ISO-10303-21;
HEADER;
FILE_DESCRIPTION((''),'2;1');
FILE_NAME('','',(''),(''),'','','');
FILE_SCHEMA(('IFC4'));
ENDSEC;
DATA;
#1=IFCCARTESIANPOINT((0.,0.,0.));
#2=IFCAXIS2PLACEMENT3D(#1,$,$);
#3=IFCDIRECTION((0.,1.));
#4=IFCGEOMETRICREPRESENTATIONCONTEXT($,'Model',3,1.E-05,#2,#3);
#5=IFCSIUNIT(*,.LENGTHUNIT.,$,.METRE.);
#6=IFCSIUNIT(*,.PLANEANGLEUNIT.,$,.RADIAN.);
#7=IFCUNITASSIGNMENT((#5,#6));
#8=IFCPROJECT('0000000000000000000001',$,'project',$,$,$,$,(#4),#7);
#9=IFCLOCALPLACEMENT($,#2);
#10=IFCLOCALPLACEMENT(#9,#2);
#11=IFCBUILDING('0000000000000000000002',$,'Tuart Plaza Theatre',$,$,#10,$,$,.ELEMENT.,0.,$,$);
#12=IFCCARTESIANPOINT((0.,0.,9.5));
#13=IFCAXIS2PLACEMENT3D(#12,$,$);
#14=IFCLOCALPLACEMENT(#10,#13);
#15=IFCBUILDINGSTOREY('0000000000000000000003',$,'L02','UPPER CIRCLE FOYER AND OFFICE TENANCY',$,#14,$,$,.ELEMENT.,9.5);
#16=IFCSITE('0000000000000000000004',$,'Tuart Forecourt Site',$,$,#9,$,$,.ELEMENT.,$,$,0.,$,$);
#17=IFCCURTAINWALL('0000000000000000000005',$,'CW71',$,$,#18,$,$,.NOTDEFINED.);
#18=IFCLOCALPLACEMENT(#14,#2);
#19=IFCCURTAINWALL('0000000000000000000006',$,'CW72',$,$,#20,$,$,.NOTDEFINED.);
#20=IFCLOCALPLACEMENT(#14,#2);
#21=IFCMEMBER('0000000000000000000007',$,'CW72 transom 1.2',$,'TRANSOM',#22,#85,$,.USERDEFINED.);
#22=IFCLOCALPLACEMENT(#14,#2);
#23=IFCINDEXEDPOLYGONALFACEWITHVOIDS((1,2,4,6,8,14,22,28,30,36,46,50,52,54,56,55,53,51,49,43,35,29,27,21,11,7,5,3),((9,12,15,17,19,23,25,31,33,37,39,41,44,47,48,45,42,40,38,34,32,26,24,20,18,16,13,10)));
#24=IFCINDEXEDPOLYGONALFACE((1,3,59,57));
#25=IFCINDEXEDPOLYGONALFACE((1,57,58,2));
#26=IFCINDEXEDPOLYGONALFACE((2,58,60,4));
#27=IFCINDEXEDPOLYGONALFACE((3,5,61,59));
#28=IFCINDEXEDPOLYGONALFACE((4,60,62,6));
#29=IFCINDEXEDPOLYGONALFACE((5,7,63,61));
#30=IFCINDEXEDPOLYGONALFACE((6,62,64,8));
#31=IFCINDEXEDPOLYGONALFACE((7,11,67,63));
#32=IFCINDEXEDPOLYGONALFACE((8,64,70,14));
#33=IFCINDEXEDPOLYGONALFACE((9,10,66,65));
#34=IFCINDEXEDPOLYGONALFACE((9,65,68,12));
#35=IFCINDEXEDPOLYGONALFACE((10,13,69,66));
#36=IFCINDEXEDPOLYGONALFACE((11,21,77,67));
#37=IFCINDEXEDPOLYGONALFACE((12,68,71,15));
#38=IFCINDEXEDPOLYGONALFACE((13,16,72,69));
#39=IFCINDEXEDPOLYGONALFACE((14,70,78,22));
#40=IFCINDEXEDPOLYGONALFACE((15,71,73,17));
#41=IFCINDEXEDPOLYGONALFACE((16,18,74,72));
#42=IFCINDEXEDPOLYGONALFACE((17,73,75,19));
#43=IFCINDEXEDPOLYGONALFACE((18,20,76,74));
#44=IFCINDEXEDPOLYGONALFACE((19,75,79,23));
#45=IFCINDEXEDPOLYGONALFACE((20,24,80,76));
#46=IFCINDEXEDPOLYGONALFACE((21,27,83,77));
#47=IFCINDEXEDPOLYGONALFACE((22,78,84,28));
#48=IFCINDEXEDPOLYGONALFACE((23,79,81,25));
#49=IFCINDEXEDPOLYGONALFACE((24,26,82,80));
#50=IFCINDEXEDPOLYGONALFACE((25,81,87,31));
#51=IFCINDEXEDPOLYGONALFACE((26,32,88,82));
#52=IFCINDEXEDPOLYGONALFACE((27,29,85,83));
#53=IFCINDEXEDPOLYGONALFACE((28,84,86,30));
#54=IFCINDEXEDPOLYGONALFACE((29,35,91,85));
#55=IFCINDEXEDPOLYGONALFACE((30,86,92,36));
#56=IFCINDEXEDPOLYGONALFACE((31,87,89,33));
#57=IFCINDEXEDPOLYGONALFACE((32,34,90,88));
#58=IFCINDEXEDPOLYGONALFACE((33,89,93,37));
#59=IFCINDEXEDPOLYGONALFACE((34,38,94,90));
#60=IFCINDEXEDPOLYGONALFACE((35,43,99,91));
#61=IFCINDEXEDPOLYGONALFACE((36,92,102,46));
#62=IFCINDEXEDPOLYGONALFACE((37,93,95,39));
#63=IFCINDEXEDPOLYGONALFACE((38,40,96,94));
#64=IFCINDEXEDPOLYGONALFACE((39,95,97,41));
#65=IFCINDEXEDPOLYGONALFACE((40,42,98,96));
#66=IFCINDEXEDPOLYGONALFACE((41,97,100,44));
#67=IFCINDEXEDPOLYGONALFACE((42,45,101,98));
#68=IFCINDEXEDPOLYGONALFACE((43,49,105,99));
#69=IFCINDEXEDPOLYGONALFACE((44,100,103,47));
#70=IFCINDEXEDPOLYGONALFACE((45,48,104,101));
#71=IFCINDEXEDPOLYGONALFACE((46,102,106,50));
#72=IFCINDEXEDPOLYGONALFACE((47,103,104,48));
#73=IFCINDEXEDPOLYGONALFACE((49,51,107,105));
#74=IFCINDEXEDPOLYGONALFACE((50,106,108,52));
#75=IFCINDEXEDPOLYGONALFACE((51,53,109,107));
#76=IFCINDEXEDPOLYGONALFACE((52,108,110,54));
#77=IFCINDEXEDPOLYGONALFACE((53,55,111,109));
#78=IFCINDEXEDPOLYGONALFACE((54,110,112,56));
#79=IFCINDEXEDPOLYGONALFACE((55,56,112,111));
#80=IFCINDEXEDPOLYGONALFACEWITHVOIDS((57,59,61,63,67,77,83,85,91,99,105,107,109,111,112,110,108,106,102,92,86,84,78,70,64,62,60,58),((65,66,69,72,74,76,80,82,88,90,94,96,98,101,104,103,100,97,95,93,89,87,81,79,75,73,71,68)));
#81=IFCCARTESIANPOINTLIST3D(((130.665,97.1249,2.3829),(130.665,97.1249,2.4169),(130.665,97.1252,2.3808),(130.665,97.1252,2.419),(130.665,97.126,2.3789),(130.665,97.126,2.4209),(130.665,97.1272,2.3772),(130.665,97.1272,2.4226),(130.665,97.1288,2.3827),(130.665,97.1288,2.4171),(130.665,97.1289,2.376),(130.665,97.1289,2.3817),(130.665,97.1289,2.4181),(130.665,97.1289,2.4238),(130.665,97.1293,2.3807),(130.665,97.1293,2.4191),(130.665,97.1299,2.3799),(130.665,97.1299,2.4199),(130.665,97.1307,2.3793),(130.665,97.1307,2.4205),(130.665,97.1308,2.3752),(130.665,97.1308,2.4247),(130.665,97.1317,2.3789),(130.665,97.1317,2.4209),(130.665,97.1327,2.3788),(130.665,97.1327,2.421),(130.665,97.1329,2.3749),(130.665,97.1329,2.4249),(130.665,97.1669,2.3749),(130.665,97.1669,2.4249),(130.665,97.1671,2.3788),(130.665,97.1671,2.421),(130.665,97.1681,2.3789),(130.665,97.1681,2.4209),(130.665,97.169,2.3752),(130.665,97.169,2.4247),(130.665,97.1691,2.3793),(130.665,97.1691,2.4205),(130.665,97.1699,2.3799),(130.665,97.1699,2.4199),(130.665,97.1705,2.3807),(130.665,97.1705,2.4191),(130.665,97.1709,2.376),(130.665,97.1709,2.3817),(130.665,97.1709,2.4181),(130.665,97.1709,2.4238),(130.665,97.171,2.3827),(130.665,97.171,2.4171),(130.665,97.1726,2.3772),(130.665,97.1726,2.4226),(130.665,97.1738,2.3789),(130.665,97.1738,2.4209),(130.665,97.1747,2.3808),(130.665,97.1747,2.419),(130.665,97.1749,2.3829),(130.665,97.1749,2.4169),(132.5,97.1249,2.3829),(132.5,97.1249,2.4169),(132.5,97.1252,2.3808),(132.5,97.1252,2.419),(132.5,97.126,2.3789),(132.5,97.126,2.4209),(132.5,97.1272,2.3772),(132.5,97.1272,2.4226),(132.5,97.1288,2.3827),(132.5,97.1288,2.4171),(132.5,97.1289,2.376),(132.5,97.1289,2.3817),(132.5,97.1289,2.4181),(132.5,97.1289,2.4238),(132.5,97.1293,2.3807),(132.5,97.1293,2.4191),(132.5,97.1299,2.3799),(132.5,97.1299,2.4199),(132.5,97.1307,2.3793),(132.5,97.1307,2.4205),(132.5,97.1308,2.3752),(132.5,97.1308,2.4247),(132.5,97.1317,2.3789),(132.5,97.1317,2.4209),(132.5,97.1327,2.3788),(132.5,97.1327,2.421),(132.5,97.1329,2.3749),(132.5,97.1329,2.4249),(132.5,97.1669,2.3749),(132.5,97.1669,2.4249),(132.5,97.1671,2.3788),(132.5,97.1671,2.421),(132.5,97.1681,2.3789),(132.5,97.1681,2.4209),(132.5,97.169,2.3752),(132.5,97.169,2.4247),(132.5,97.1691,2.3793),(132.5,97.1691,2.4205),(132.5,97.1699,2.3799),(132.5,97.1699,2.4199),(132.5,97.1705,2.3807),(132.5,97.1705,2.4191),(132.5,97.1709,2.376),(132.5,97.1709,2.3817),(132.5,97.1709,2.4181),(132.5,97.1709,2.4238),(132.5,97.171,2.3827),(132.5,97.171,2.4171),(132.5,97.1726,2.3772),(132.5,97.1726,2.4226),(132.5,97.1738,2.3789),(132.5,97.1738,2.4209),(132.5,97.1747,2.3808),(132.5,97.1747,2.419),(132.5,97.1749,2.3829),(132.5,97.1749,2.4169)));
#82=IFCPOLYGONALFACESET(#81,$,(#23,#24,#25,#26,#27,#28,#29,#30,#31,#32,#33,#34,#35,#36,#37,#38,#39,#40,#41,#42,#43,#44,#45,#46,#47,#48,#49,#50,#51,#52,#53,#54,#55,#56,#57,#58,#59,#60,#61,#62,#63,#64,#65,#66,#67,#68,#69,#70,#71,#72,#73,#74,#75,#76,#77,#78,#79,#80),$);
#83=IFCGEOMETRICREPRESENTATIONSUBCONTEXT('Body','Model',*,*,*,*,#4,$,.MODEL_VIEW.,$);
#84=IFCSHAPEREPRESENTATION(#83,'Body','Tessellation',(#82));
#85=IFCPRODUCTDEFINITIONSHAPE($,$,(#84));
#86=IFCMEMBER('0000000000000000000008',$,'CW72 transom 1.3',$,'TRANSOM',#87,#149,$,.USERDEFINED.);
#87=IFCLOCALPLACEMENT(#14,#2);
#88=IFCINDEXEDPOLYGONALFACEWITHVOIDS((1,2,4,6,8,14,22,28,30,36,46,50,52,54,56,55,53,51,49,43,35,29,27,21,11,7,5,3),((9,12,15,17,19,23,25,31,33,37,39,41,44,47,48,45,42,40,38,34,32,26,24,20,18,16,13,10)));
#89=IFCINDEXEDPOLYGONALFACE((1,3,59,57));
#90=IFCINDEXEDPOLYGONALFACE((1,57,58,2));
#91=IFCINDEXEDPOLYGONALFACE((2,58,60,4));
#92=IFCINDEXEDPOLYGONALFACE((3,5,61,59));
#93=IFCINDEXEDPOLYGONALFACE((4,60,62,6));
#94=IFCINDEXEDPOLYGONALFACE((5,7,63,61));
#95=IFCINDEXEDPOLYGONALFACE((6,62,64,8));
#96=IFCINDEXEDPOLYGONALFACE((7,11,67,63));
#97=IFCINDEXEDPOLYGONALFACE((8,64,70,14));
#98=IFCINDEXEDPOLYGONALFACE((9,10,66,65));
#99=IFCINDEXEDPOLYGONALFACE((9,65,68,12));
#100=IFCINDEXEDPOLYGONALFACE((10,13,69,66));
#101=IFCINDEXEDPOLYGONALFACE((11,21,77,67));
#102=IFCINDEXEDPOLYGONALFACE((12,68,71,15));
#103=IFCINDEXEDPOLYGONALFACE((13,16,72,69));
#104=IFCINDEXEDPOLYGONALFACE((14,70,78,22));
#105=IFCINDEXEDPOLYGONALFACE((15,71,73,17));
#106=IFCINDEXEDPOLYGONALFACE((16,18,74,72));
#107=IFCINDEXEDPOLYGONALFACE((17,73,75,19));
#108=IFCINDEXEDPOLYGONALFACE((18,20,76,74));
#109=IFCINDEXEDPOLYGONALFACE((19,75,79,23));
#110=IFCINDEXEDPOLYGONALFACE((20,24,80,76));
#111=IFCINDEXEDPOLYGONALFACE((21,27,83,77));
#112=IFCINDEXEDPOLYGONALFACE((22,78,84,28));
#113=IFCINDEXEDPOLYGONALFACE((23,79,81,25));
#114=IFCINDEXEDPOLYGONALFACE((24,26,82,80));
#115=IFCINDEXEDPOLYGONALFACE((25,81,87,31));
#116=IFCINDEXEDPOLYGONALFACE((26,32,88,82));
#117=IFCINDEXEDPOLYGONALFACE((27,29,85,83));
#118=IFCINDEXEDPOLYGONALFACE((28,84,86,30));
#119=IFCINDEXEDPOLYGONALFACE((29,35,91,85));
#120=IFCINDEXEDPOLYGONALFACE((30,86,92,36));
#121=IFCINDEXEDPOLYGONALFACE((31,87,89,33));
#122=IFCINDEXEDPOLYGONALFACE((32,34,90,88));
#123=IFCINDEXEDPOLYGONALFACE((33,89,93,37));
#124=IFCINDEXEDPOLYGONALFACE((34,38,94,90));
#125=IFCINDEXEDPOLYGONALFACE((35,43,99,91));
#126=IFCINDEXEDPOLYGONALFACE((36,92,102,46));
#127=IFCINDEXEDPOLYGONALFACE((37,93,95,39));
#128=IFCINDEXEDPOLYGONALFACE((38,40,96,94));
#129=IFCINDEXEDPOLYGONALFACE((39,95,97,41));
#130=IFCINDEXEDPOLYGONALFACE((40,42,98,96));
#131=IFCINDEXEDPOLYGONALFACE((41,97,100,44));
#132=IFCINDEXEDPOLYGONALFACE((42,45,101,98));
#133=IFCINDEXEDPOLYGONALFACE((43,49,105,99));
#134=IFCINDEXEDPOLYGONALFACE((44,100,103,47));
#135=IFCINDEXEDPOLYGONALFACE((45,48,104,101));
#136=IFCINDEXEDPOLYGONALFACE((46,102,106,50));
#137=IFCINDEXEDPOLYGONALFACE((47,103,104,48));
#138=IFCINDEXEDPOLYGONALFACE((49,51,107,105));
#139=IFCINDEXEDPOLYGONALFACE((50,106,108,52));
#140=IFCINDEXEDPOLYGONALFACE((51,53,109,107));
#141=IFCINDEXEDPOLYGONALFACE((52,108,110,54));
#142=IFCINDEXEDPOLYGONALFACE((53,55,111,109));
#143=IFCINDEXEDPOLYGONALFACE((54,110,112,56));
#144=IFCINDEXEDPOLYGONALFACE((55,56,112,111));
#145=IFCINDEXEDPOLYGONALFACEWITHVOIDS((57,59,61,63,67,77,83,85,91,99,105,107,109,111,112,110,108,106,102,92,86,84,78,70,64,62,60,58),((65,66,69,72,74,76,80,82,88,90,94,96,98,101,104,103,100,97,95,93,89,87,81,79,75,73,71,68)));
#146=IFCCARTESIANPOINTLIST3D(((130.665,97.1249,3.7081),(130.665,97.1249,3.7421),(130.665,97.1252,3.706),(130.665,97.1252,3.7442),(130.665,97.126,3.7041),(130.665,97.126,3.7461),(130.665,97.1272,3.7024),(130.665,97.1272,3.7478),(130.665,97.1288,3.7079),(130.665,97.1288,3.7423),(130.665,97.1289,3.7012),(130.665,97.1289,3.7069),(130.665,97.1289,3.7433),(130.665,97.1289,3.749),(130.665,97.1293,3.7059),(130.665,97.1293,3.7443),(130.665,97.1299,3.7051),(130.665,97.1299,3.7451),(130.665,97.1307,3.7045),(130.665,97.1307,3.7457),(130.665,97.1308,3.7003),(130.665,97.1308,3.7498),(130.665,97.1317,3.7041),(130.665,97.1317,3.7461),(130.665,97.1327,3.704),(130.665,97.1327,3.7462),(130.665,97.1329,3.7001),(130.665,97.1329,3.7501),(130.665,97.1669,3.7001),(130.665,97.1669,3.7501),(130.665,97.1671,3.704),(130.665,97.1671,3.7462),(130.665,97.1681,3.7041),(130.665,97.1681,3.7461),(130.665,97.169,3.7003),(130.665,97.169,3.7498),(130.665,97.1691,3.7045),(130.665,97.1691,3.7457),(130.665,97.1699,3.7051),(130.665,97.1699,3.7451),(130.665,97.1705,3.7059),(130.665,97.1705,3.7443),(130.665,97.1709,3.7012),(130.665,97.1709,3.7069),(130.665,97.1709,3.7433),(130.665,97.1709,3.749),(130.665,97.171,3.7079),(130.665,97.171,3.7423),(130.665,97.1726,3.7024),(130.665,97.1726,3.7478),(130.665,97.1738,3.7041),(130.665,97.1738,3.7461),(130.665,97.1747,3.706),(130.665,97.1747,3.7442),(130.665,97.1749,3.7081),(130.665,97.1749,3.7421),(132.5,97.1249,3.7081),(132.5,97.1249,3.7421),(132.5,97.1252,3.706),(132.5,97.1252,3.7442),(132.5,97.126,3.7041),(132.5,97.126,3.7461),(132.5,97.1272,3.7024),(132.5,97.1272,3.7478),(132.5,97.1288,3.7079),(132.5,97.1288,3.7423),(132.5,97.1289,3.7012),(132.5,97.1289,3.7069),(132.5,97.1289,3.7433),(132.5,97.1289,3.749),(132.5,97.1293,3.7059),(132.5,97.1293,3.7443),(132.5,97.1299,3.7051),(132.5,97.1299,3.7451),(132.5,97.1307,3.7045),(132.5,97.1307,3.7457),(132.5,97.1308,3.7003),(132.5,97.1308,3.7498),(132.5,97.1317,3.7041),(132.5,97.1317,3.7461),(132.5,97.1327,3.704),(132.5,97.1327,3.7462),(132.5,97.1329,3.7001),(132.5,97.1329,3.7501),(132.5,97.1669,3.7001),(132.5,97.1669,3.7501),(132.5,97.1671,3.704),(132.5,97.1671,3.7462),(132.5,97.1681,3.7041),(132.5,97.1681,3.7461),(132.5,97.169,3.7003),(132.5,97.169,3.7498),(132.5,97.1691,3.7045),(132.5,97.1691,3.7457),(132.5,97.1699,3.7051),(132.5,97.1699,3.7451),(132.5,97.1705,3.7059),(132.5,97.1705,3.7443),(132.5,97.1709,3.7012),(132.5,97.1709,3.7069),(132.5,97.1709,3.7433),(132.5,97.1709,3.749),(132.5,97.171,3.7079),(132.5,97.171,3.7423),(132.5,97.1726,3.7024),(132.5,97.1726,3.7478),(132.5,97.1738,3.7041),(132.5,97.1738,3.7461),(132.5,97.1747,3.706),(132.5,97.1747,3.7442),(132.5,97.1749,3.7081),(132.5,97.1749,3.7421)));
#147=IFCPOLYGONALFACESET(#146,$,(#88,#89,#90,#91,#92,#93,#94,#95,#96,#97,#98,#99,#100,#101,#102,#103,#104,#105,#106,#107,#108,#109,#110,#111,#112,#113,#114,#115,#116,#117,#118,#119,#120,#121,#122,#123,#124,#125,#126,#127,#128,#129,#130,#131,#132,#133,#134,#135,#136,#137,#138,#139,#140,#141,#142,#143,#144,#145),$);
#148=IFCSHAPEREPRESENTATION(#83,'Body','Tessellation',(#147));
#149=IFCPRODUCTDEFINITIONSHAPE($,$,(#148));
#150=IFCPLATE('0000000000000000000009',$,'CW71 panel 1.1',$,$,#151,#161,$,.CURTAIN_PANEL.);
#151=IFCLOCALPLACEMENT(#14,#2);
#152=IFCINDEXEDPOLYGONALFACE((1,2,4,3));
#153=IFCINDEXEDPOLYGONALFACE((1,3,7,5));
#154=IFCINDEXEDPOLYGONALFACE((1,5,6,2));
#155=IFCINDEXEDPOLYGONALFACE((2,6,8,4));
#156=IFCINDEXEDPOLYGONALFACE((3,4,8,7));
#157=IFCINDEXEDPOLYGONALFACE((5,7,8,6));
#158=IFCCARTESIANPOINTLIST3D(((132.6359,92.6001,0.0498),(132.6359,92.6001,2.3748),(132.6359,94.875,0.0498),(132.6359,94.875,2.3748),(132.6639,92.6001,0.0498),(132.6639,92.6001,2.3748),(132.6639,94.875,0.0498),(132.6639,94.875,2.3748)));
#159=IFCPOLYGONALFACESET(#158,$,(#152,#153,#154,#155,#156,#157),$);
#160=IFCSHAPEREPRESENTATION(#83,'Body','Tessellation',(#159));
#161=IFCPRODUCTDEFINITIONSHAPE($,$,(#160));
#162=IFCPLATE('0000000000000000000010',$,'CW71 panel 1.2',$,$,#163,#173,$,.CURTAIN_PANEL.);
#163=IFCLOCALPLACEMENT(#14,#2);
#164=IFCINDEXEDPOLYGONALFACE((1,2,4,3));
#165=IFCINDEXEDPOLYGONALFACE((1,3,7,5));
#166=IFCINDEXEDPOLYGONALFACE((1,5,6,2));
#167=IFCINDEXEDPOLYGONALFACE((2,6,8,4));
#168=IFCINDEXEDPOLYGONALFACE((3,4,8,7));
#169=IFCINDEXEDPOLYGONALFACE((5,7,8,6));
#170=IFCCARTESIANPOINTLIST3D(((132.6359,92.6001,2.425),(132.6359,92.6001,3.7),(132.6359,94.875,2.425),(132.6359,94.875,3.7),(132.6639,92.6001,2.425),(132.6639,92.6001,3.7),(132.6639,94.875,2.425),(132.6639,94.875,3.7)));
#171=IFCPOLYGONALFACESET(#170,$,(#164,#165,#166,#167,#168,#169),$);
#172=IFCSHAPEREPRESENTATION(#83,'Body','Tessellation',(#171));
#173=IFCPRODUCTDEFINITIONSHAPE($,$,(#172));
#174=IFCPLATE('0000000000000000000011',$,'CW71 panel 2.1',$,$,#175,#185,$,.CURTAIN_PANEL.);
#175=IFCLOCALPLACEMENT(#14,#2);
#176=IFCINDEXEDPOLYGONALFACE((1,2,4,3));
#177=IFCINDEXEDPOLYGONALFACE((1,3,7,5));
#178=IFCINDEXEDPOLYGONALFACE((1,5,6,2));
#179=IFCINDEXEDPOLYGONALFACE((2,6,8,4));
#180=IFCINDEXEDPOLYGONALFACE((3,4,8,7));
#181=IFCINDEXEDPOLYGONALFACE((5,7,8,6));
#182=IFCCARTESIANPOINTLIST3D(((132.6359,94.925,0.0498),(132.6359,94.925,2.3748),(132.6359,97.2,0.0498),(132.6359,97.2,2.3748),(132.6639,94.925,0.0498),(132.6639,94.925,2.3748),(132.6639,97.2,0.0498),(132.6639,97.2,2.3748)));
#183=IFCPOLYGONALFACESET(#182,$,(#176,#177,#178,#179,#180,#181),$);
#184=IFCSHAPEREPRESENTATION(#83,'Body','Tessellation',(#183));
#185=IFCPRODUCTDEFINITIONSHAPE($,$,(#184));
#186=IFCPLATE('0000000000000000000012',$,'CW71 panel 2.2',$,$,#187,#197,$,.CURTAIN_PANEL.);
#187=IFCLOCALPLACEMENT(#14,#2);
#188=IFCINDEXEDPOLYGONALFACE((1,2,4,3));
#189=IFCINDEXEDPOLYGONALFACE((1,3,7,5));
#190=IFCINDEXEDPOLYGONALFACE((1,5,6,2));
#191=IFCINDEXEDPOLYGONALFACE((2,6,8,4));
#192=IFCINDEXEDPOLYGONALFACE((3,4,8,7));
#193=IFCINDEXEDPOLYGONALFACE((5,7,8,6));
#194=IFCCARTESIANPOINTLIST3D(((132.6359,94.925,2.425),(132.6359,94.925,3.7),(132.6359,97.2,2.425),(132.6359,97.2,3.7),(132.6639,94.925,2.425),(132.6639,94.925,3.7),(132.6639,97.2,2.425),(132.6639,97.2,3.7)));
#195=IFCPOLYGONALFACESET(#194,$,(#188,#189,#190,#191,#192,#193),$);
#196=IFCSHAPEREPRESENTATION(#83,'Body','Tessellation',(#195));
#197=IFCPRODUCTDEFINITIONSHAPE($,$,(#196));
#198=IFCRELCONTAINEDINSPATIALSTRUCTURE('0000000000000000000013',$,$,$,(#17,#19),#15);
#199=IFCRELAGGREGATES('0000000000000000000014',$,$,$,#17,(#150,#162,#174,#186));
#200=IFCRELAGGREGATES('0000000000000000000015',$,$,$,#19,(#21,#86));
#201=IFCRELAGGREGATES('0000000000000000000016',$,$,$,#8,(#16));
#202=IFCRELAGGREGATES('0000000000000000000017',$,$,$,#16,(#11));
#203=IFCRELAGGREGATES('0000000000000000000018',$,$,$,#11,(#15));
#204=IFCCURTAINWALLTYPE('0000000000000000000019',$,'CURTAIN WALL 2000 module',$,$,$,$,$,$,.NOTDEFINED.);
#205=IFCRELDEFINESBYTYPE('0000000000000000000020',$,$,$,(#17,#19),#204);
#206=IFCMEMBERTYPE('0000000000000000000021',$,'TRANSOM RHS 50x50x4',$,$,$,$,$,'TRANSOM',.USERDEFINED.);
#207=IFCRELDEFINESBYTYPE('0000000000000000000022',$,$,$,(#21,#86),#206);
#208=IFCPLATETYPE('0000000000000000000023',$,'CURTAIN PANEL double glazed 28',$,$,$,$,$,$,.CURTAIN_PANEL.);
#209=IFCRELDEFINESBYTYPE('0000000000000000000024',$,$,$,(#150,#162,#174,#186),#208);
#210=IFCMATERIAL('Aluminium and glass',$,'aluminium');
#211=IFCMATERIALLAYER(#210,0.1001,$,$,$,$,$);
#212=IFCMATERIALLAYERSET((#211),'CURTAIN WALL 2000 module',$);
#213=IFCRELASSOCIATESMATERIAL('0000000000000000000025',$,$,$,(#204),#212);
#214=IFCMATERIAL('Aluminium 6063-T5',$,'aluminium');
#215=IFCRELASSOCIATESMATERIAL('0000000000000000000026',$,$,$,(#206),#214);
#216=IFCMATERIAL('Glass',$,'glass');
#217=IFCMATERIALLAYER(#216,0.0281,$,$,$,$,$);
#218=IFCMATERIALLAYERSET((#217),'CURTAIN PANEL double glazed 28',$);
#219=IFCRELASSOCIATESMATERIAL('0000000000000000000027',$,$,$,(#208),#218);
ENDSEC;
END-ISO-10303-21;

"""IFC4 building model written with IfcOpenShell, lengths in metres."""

from ifc_helpers import new_model, si_unit, direction, frame, origin, origin_2d, place, context, subcontext, project, spatial, rectangle, hollow_rectangle, extrude, material, layer, layer_set, material_profile, profile_set, type_object, element, aggregate, save


model = new_model("IFC4")

# Units and contexts
model_context = context("Model", 3, precision=1e-05, world=origin(), true_north=direction((0.0, 1.0)))
body_context = subcontext(model_context, "Body", "Model", "MODEL_VIEW")
ifc_project = project(units=[si_unit("LENGTHUNIT", "METRE"), si_unit("PLANEANGLEUNIT", "RADIAN")], contexts=[model_context])

# Site, building, storey
site_placement = place(None, origin())
site = spatial("IfcSite", under=ifc_project, at=site_placement, Name="Tuart Forecourt Site", CompositionType="ELEMENT", RefElevation=0.0)
building_placement = place(site_placement, origin())
building = spatial("IfcBuilding", under=site, at=building_placement, Name="Tuart Plaza Theatre", CompositionType="ELEMENT", ElevationOfRefHeight=0.0)
storey_placement = place(building_placement, frame((0.0, 0.0, 9.5)))
storey = spatial("IfcBuildingStorey", under=building, at=storey_placement, Name="L02", Description="UPPER CIRCLE FOYER AND OFFICE TENANCY", CompositionType="ELEMENT", Elevation=9.5)

# Curtain wall
ifc_material_1 = material(Name="Aluminium and glass", Category="aluminium")
ifc_layer_1 = layer(ifc_material_1, 0.1001)
ifc_layer_set_1 = layer_set([ifc_layer_1], Name="CURTAIN WALL 2000 module")
curtain_wall_type = type_object("IfcCurtainWallType", Name="CURTAIN WALL 2000 module", PredefinedType="NOTDEFINED", material=ifc_layer_set_1)
curtain_wall_1_placement = place(storey_placement, origin())
curtain_wall_1 = element("IfcCurtainWall", 1, at=curtain_wall_1_placement, inside=storey, type_object=curtain_wall_type, Name="CW71", PredefinedType="NOTDEFINED")

# Curtain wall
curtain_wall_2_placement = place(storey_placement, origin())
curtain_wall_2 = element("IfcCurtainWall", 2, at=curtain_wall_2_placement, inside=storey, type_object=curtain_wall_type, Name="CW72", PredefinedType="NOTDEFINED")

# Members
ifc_material_2 = material(Name="Aluminium 6063-T5", Category="aluminium")
ifc_material_profile_1 = material_profile(ifc_material_2, hollow_rectangle(XDim=0.05, YDim=0.05, WallThickness=0.0039, InnerFilletRadius=0.0039, OuterFilletRadius=0.0081, at=origin_2d()), Name="RHS 50x50x4")
ifc_profile_set_1 = profile_set([ifc_material_profile_1], Name="Aluminium 6063-T5")
member_type_1 = type_object("IfcMemberType", Name="TRANSOM RHS 50x50x4", ElementType="TRANSOM", PredefinedType="USERDEFINED", material=ifc_profile_set_1)
member_1_placement = place(storey_placement, frame((132.5, 97.1499, 2.3999), z_axis=(-1.0, 0.0, 0.0), x_axis=(0.0, -1.0, 0.0)))
member_1 = element("IfcMember", 3, at=member_1_placement, type_object=member_type_1, Name="CW72 transom 1.2", ObjectType="TRANSOM", PredefinedType="USERDEFINED", context=body_context, shape_type="SweptSolid", body=[
    extrude(hollow_rectangle(XDim=0.05, YDim=0.05, WallThickness=0.0039, InnerFilletRadius=0.0039, OuterFilletRadius=0.0081, at=origin_2d()), origin(), (0.0, 0.0, 1.0), 1.835),
])
member_2_placement = place(storey_placement, frame((132.5, 97.1499, 3.7251), z_axis=(-1.0, 0.0, 0.0), x_axis=(0.0, -1.0, 0.0)))
member_2 = element("IfcMember", 4, at=member_2_placement, type_object=member_type_1, Name="CW72 transom 1.3", ObjectType="TRANSOM", PredefinedType="USERDEFINED", context=body_context, shape_type="SweptSolid", body=[
    extrude(hollow_rectangle(XDim=0.05, YDim=0.05, WallThickness=0.0039, InnerFilletRadius=0.0039, OuterFilletRadius=0.0081, at=origin_2d()), origin(), (0.0, 0.0, 1.0), 1.835),
])

# Plates
ifc_material_3 = material(Name="Glass", Category="glass")
ifc_layer_2 = layer(ifc_material_3, 0.0281)
ifc_layer_set_2 = layer_set([ifc_layer_2], Name="CURTAIN PANEL double glazed 28")
plate_type = type_object("IfcPlateType", Name="CURTAIN PANEL double glazed 28", PredefinedType="CURTAIN_PANEL", material=ifc_layer_set_2)
plate_1_placement = place(storey_placement, frame((132.6499, 93.7375, 0.0498), z_axis=(0.0, 0.0, 1.0), x_axis=(0.0, 1.0, 0.0)))
plate_1 = element("IfcPlate", 5, at=plate_1_placement, type_object=plate_type, Name="CW71 panel 1.1", PredefinedType="CURTAIN_PANEL", context=body_context, shape_type="SweptSolid", body=[
    extrude(rectangle(XDim=2.2749, YDim=0.0281, at=origin_2d()), origin(), (0.0, 0.0, 1.0), 2.325),
])
plate_2_placement = place(storey_placement, frame((132.6499, 93.7375, 2.425), z_axis=(0.0, 0.0, 1.0), x_axis=(0.0, 1.0, 0.0)))
plate_2 = element("IfcPlate", 6, at=plate_2_placement, type_object=plate_type, Name="CW71 panel 1.2", PredefinedType="CURTAIN_PANEL", context=body_context, shape_type="SweptSolid", body=[
    extrude(rectangle(XDim=2.2749, YDim=0.0281, at=origin_2d()), origin(), (0.0, 0.0, 1.0), 1.2749),
])
plate_3_placement = place(storey_placement, frame((132.6499, 96.0625, 0.0498), z_axis=(0.0, 0.0, 1.0), x_axis=(0.0, 1.0, 0.0)))
plate_3 = element("IfcPlate", 7, at=plate_3_placement, type_object=plate_type, Name="CW71 panel 2.1", PredefinedType="CURTAIN_PANEL", context=body_context, shape_type="SweptSolid", body=[
    extrude(rectangle(XDim=2.2749, YDim=0.0281, at=origin_2d()), origin(), (0.0, 0.0, 1.0), 2.325),
])
plate_4_placement = place(storey_placement, frame((132.6499, 96.0625, 2.425), z_axis=(0.0, 0.0, 1.0), x_axis=(0.0, 1.0, 0.0)))
plate_4 = element("IfcPlate", 8, at=plate_4_placement, type_object=plate_type, Name="CW71 panel 2.2", PredefinedType="CURTAIN_PANEL", context=body_context, shape_type="SweptSolid", body=[
    extrude(rectangle(XDim=2.2749, YDim=0.0281, at=origin_2d()), origin(), (0.0, 0.0, 1.0), 1.2749),
])
aggregate(curtain_wall_1, [plate_1, plate_2, plate_3, plate_4])
aggregate(curtain_wall_2, [member_1, member_2])

save(model, "model.ifc")
